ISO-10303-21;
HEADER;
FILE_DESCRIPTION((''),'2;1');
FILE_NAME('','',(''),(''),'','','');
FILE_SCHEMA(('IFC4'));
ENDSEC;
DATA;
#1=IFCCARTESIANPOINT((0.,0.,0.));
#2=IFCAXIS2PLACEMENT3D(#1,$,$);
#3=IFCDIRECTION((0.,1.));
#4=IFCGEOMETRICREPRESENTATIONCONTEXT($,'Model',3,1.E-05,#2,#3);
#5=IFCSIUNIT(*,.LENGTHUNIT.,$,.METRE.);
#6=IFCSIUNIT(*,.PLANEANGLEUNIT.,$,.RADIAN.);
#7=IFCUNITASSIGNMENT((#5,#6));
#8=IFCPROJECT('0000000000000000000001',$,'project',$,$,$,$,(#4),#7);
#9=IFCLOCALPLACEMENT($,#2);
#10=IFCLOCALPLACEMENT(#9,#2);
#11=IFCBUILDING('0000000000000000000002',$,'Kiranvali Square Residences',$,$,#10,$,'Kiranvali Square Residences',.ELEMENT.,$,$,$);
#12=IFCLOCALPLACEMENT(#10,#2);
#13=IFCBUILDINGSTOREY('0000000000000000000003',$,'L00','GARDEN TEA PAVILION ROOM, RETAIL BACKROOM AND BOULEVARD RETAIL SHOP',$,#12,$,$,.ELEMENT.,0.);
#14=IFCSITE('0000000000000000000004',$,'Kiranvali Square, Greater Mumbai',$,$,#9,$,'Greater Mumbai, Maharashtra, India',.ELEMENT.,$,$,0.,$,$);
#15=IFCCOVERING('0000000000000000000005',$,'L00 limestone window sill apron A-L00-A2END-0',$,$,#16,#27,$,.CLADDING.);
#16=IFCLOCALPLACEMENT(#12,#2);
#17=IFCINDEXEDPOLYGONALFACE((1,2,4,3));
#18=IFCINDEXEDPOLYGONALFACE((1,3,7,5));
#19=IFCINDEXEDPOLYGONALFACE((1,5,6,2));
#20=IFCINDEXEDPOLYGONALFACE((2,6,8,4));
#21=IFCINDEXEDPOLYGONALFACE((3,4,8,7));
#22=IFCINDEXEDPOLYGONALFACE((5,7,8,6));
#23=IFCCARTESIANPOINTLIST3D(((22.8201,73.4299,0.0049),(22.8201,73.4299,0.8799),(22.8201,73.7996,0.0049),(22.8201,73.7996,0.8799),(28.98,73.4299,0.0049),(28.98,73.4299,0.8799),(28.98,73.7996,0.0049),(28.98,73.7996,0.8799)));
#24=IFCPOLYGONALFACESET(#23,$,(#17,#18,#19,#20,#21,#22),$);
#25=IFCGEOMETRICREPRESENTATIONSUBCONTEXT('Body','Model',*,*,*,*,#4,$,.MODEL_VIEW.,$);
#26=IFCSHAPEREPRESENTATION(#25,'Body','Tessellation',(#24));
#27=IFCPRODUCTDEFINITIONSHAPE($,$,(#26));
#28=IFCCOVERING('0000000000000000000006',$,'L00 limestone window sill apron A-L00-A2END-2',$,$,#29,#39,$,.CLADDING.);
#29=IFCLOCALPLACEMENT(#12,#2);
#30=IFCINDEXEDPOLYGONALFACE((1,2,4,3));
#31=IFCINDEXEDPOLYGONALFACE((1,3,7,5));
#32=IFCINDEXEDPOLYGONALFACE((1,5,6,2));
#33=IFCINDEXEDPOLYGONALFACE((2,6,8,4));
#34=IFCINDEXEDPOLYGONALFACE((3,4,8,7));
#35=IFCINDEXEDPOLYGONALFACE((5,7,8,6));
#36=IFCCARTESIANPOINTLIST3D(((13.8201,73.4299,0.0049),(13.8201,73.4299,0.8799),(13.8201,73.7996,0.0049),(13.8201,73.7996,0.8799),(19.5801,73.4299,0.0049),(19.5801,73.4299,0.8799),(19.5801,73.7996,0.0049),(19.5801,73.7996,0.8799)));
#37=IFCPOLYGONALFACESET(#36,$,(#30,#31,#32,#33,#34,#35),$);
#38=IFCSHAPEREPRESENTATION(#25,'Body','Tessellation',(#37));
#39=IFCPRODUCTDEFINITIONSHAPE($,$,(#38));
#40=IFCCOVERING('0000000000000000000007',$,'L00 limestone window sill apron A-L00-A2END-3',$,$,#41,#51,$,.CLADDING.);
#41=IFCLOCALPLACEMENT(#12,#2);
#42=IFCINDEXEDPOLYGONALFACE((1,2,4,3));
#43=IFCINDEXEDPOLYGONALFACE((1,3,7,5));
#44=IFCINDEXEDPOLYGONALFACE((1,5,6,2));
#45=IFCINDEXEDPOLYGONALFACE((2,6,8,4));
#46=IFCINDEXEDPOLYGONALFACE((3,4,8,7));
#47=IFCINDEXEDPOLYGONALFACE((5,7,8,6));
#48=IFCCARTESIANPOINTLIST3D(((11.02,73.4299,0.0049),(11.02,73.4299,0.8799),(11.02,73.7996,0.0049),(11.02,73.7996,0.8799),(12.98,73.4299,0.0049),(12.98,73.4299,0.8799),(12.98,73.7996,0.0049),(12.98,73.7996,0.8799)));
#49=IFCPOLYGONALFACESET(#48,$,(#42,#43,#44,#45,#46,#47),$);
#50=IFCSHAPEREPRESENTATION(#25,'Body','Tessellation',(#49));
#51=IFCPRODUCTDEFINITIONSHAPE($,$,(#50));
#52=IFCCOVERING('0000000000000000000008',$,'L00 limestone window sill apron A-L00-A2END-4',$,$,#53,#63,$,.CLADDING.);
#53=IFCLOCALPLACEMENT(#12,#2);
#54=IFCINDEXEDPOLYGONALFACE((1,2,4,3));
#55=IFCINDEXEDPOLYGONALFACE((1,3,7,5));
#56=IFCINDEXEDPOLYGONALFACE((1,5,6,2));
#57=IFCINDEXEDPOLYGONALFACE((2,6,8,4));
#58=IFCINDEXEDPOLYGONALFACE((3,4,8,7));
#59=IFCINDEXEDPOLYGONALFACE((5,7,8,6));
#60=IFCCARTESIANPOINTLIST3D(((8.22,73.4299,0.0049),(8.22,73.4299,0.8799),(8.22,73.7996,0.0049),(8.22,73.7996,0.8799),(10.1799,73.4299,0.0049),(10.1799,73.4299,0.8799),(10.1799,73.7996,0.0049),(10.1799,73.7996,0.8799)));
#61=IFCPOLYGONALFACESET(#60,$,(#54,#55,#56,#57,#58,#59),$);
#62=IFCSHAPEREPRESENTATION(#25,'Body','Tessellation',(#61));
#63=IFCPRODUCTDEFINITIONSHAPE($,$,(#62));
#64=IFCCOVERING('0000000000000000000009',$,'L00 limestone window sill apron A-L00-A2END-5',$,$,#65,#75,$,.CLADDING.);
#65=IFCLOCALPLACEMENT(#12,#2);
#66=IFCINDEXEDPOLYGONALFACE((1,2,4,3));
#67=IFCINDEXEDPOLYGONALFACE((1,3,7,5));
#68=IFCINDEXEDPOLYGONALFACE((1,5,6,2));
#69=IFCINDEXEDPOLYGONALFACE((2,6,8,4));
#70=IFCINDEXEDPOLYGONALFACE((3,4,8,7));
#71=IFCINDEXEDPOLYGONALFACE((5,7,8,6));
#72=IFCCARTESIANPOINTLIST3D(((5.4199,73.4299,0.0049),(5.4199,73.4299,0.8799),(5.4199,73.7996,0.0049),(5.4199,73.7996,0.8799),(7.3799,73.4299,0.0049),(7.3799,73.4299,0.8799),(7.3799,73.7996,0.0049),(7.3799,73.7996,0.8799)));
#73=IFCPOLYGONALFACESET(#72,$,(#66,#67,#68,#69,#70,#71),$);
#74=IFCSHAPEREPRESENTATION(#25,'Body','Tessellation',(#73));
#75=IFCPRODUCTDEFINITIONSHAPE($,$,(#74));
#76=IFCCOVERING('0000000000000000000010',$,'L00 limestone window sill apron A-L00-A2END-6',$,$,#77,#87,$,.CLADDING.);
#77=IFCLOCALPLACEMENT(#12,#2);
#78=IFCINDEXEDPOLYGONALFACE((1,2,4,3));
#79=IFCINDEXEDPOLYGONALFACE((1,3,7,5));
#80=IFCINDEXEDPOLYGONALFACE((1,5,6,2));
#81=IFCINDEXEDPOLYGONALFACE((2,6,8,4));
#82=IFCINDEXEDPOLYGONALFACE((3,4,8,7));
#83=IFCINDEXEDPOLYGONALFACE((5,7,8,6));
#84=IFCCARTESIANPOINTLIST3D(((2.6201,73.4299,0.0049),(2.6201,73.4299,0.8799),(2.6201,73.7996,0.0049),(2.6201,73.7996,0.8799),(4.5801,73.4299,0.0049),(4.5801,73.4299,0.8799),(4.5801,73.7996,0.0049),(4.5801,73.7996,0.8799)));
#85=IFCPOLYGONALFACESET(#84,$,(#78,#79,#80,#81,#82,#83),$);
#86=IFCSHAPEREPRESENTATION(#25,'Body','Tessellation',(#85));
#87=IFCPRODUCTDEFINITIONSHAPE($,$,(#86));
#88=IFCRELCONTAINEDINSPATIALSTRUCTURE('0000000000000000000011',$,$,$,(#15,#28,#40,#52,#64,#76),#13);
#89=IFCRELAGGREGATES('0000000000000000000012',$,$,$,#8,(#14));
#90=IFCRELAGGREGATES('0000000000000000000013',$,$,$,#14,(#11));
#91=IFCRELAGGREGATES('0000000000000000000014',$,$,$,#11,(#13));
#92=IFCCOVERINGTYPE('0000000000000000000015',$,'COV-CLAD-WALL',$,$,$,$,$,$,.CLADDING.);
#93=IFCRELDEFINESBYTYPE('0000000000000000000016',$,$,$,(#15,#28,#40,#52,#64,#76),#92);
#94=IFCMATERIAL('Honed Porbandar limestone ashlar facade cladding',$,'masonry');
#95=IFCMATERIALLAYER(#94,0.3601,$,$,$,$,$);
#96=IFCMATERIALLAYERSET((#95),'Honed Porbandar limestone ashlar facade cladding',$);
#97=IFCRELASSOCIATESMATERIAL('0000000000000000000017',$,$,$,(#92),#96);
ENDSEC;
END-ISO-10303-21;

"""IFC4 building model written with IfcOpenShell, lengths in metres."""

from ifc_helpers import new_model, si_unit, direction, frame, origin, place, context, subcontext, project, spatial, polyline, outline, extrude, material, layer, layer_set, type_object, element, save


model = new_model("IFC4")

# Units and contexts
model_context = context("Model", 3, precision=1e-05, world=origin(), true_north=direction((0.0, 1.0)))
body_context = subcontext(model_context, "Body", "Model", "MODEL_VIEW")
ifc_project = project(units=[si_unit("LENGTHUNIT", "METRE"), si_unit("PLANEANGLEUNIT", "RADIAN")], contexts=[model_context])

# Site, building, storey
site_placement = place(None, origin())
site = spatial("IfcSite", under=ifc_project, at=site_placement, Name="Kiranvali Square, Greater Mumbai", LongName="Greater Mumbai, Maharashtra, India", CompositionType="ELEMENT", RefElevation=0.0)
building_placement = place(site_placement, origin())
building = spatial("IfcBuilding", under=site, at=building_placement, Name="Kiranvali Square Residences", LongName="Kiranvali Square Residences", CompositionType="ELEMENT")
storey_placement = place(building_placement, origin())
storey = spatial("IfcBuildingStorey", under=building, at=storey_placement, Name="L00", Description="GARDEN TEA PAVILION ROOM, RETAIL BACKROOM AND BOULEVARD RETAIL SHOP", CompositionType="ELEMENT", Elevation=0.0)

# Coverings
ifc_material_1 = material(Name="Honed Porbandar limestone ashlar facade cladding", Category="masonry")
ifc_layer_1 = layer(ifc_material_1, 0.3601)
ifc_layer_set_1 = layer_set([ifc_layer_1], Name="Honed Porbandar limestone ashlar facade cladding")
covering_type_1 = type_object("IfcCoveringType", Name="COV-CLAD-WALL", PredefinedType="CLADDING", material=ifc_layer_set_1)
covering_1_placement = place(storey_placement, frame((0.0, 0.0, 0.0049)))
element("IfcCovering", 1, at=covering_1_placement, inside=storey, type_object=covering_type_1, Name="L00 limestone window sill apron A-L00-A2END-0", PredefinedType="CLADDING", context=body_context, shape_type="SweptSolid", body=[
    extrude(outline(polyline([(28.98, 73.7996), (22.8201, 73.7996), (22.8201, 73.4299), (28.98, 73.4299), (28.98, 73.7996)])), origin(), (0.0, 0.0, 1.0), 0.875),
])
covering_2_placement = place(storey_placement, frame((0.0, 0.0, 0.0049)))
element("IfcCovering", 2, at=covering_2_placement, inside=storey, type_object=covering_type_1, Name="L00 limestone window sill apron A-L00-A2END-2", PredefinedType="CLADDING", context=body_context, shape_type="SweptSolid", body=[
    extrude(outline(polyline([(19.5801, 73.7996), (13.8201, 73.7996), (13.8201, 73.4299), (19.5801, 73.4299), (19.5801, 73.7996)])), origin(), (0.0, 0.0, 1.0), 0.875),
])
covering_3_placement = place(storey_placement, frame((0.0, 0.0, 0.0049)))
element("IfcCovering", 3, at=covering_3_placement, inside=storey, type_object=covering_type_1, Name="L00 limestone window sill apron A-L00-A2END-3", PredefinedType="CLADDING", context=body_context, shape_type="SweptSolid", body=[
    extrude(outline(polyline([(12.98, 73.7996), (11.02, 73.7996), (11.02, 73.4299), (12.98, 73.4299), (12.98, 73.7996)])), origin(), (0.0, 0.0, 1.0), 0.875),
])
covering_4_placement = place(storey_placement, frame((0.0, 0.0, 0.0049)))
element("IfcCovering", 4, at=covering_4_placement, inside=storey, type_object=covering_type_1, Name="L00 limestone window sill apron A-L00-A2END-4", PredefinedType="CLADDING", context=body_context, shape_type="SweptSolid", body=[
    extrude(outline(polyline([(10.1799, 73.7996), (8.22, 73.7996), (8.22, 73.4299), (10.1799, 73.4299), (10.1799, 73.7996)])), origin(), (0.0, 0.0, 1.0), 0.875),
])
covering_5_placement = place(storey_placement, frame((0.0, 0.0, 0.0049)))
element("IfcCovering", 5, at=covering_5_placement, inside=storey, type_object=covering_type_1, Name="L00 limestone window sill apron A-L00-A2END-5", PredefinedType="CLADDING", context=body_context, shape_type="SweptSolid", body=[
    extrude(outline(polyline([(7.3799, 73.7996), (5.4199, 73.7996), (5.4199, 73.4299), (7.3799, 73.4299), (7.3799, 73.7996)])), origin(), (0.0, 0.0, 1.0), 0.875),
])
covering_6_placement = place(storey_placement, frame((0.0, 0.0, 0.0049)))
element("IfcCovering", 6, at=covering_6_placement, inside=storey, type_object=covering_type_1, Name="L00 limestone window sill apron A-L00-A2END-6", PredefinedType="CLADDING", context=body_context, shape_type="SweptSolid", body=[
    extrude(outline(polyline([(4.5801, 73.7996), (2.6201, 73.7996), (2.6201, 73.4299), (4.5801, 73.4299), (4.5801, 73.7996)])), origin(), (0.0, 0.0, 1.0), 0.875),
])

save(model, "model.ifc")
